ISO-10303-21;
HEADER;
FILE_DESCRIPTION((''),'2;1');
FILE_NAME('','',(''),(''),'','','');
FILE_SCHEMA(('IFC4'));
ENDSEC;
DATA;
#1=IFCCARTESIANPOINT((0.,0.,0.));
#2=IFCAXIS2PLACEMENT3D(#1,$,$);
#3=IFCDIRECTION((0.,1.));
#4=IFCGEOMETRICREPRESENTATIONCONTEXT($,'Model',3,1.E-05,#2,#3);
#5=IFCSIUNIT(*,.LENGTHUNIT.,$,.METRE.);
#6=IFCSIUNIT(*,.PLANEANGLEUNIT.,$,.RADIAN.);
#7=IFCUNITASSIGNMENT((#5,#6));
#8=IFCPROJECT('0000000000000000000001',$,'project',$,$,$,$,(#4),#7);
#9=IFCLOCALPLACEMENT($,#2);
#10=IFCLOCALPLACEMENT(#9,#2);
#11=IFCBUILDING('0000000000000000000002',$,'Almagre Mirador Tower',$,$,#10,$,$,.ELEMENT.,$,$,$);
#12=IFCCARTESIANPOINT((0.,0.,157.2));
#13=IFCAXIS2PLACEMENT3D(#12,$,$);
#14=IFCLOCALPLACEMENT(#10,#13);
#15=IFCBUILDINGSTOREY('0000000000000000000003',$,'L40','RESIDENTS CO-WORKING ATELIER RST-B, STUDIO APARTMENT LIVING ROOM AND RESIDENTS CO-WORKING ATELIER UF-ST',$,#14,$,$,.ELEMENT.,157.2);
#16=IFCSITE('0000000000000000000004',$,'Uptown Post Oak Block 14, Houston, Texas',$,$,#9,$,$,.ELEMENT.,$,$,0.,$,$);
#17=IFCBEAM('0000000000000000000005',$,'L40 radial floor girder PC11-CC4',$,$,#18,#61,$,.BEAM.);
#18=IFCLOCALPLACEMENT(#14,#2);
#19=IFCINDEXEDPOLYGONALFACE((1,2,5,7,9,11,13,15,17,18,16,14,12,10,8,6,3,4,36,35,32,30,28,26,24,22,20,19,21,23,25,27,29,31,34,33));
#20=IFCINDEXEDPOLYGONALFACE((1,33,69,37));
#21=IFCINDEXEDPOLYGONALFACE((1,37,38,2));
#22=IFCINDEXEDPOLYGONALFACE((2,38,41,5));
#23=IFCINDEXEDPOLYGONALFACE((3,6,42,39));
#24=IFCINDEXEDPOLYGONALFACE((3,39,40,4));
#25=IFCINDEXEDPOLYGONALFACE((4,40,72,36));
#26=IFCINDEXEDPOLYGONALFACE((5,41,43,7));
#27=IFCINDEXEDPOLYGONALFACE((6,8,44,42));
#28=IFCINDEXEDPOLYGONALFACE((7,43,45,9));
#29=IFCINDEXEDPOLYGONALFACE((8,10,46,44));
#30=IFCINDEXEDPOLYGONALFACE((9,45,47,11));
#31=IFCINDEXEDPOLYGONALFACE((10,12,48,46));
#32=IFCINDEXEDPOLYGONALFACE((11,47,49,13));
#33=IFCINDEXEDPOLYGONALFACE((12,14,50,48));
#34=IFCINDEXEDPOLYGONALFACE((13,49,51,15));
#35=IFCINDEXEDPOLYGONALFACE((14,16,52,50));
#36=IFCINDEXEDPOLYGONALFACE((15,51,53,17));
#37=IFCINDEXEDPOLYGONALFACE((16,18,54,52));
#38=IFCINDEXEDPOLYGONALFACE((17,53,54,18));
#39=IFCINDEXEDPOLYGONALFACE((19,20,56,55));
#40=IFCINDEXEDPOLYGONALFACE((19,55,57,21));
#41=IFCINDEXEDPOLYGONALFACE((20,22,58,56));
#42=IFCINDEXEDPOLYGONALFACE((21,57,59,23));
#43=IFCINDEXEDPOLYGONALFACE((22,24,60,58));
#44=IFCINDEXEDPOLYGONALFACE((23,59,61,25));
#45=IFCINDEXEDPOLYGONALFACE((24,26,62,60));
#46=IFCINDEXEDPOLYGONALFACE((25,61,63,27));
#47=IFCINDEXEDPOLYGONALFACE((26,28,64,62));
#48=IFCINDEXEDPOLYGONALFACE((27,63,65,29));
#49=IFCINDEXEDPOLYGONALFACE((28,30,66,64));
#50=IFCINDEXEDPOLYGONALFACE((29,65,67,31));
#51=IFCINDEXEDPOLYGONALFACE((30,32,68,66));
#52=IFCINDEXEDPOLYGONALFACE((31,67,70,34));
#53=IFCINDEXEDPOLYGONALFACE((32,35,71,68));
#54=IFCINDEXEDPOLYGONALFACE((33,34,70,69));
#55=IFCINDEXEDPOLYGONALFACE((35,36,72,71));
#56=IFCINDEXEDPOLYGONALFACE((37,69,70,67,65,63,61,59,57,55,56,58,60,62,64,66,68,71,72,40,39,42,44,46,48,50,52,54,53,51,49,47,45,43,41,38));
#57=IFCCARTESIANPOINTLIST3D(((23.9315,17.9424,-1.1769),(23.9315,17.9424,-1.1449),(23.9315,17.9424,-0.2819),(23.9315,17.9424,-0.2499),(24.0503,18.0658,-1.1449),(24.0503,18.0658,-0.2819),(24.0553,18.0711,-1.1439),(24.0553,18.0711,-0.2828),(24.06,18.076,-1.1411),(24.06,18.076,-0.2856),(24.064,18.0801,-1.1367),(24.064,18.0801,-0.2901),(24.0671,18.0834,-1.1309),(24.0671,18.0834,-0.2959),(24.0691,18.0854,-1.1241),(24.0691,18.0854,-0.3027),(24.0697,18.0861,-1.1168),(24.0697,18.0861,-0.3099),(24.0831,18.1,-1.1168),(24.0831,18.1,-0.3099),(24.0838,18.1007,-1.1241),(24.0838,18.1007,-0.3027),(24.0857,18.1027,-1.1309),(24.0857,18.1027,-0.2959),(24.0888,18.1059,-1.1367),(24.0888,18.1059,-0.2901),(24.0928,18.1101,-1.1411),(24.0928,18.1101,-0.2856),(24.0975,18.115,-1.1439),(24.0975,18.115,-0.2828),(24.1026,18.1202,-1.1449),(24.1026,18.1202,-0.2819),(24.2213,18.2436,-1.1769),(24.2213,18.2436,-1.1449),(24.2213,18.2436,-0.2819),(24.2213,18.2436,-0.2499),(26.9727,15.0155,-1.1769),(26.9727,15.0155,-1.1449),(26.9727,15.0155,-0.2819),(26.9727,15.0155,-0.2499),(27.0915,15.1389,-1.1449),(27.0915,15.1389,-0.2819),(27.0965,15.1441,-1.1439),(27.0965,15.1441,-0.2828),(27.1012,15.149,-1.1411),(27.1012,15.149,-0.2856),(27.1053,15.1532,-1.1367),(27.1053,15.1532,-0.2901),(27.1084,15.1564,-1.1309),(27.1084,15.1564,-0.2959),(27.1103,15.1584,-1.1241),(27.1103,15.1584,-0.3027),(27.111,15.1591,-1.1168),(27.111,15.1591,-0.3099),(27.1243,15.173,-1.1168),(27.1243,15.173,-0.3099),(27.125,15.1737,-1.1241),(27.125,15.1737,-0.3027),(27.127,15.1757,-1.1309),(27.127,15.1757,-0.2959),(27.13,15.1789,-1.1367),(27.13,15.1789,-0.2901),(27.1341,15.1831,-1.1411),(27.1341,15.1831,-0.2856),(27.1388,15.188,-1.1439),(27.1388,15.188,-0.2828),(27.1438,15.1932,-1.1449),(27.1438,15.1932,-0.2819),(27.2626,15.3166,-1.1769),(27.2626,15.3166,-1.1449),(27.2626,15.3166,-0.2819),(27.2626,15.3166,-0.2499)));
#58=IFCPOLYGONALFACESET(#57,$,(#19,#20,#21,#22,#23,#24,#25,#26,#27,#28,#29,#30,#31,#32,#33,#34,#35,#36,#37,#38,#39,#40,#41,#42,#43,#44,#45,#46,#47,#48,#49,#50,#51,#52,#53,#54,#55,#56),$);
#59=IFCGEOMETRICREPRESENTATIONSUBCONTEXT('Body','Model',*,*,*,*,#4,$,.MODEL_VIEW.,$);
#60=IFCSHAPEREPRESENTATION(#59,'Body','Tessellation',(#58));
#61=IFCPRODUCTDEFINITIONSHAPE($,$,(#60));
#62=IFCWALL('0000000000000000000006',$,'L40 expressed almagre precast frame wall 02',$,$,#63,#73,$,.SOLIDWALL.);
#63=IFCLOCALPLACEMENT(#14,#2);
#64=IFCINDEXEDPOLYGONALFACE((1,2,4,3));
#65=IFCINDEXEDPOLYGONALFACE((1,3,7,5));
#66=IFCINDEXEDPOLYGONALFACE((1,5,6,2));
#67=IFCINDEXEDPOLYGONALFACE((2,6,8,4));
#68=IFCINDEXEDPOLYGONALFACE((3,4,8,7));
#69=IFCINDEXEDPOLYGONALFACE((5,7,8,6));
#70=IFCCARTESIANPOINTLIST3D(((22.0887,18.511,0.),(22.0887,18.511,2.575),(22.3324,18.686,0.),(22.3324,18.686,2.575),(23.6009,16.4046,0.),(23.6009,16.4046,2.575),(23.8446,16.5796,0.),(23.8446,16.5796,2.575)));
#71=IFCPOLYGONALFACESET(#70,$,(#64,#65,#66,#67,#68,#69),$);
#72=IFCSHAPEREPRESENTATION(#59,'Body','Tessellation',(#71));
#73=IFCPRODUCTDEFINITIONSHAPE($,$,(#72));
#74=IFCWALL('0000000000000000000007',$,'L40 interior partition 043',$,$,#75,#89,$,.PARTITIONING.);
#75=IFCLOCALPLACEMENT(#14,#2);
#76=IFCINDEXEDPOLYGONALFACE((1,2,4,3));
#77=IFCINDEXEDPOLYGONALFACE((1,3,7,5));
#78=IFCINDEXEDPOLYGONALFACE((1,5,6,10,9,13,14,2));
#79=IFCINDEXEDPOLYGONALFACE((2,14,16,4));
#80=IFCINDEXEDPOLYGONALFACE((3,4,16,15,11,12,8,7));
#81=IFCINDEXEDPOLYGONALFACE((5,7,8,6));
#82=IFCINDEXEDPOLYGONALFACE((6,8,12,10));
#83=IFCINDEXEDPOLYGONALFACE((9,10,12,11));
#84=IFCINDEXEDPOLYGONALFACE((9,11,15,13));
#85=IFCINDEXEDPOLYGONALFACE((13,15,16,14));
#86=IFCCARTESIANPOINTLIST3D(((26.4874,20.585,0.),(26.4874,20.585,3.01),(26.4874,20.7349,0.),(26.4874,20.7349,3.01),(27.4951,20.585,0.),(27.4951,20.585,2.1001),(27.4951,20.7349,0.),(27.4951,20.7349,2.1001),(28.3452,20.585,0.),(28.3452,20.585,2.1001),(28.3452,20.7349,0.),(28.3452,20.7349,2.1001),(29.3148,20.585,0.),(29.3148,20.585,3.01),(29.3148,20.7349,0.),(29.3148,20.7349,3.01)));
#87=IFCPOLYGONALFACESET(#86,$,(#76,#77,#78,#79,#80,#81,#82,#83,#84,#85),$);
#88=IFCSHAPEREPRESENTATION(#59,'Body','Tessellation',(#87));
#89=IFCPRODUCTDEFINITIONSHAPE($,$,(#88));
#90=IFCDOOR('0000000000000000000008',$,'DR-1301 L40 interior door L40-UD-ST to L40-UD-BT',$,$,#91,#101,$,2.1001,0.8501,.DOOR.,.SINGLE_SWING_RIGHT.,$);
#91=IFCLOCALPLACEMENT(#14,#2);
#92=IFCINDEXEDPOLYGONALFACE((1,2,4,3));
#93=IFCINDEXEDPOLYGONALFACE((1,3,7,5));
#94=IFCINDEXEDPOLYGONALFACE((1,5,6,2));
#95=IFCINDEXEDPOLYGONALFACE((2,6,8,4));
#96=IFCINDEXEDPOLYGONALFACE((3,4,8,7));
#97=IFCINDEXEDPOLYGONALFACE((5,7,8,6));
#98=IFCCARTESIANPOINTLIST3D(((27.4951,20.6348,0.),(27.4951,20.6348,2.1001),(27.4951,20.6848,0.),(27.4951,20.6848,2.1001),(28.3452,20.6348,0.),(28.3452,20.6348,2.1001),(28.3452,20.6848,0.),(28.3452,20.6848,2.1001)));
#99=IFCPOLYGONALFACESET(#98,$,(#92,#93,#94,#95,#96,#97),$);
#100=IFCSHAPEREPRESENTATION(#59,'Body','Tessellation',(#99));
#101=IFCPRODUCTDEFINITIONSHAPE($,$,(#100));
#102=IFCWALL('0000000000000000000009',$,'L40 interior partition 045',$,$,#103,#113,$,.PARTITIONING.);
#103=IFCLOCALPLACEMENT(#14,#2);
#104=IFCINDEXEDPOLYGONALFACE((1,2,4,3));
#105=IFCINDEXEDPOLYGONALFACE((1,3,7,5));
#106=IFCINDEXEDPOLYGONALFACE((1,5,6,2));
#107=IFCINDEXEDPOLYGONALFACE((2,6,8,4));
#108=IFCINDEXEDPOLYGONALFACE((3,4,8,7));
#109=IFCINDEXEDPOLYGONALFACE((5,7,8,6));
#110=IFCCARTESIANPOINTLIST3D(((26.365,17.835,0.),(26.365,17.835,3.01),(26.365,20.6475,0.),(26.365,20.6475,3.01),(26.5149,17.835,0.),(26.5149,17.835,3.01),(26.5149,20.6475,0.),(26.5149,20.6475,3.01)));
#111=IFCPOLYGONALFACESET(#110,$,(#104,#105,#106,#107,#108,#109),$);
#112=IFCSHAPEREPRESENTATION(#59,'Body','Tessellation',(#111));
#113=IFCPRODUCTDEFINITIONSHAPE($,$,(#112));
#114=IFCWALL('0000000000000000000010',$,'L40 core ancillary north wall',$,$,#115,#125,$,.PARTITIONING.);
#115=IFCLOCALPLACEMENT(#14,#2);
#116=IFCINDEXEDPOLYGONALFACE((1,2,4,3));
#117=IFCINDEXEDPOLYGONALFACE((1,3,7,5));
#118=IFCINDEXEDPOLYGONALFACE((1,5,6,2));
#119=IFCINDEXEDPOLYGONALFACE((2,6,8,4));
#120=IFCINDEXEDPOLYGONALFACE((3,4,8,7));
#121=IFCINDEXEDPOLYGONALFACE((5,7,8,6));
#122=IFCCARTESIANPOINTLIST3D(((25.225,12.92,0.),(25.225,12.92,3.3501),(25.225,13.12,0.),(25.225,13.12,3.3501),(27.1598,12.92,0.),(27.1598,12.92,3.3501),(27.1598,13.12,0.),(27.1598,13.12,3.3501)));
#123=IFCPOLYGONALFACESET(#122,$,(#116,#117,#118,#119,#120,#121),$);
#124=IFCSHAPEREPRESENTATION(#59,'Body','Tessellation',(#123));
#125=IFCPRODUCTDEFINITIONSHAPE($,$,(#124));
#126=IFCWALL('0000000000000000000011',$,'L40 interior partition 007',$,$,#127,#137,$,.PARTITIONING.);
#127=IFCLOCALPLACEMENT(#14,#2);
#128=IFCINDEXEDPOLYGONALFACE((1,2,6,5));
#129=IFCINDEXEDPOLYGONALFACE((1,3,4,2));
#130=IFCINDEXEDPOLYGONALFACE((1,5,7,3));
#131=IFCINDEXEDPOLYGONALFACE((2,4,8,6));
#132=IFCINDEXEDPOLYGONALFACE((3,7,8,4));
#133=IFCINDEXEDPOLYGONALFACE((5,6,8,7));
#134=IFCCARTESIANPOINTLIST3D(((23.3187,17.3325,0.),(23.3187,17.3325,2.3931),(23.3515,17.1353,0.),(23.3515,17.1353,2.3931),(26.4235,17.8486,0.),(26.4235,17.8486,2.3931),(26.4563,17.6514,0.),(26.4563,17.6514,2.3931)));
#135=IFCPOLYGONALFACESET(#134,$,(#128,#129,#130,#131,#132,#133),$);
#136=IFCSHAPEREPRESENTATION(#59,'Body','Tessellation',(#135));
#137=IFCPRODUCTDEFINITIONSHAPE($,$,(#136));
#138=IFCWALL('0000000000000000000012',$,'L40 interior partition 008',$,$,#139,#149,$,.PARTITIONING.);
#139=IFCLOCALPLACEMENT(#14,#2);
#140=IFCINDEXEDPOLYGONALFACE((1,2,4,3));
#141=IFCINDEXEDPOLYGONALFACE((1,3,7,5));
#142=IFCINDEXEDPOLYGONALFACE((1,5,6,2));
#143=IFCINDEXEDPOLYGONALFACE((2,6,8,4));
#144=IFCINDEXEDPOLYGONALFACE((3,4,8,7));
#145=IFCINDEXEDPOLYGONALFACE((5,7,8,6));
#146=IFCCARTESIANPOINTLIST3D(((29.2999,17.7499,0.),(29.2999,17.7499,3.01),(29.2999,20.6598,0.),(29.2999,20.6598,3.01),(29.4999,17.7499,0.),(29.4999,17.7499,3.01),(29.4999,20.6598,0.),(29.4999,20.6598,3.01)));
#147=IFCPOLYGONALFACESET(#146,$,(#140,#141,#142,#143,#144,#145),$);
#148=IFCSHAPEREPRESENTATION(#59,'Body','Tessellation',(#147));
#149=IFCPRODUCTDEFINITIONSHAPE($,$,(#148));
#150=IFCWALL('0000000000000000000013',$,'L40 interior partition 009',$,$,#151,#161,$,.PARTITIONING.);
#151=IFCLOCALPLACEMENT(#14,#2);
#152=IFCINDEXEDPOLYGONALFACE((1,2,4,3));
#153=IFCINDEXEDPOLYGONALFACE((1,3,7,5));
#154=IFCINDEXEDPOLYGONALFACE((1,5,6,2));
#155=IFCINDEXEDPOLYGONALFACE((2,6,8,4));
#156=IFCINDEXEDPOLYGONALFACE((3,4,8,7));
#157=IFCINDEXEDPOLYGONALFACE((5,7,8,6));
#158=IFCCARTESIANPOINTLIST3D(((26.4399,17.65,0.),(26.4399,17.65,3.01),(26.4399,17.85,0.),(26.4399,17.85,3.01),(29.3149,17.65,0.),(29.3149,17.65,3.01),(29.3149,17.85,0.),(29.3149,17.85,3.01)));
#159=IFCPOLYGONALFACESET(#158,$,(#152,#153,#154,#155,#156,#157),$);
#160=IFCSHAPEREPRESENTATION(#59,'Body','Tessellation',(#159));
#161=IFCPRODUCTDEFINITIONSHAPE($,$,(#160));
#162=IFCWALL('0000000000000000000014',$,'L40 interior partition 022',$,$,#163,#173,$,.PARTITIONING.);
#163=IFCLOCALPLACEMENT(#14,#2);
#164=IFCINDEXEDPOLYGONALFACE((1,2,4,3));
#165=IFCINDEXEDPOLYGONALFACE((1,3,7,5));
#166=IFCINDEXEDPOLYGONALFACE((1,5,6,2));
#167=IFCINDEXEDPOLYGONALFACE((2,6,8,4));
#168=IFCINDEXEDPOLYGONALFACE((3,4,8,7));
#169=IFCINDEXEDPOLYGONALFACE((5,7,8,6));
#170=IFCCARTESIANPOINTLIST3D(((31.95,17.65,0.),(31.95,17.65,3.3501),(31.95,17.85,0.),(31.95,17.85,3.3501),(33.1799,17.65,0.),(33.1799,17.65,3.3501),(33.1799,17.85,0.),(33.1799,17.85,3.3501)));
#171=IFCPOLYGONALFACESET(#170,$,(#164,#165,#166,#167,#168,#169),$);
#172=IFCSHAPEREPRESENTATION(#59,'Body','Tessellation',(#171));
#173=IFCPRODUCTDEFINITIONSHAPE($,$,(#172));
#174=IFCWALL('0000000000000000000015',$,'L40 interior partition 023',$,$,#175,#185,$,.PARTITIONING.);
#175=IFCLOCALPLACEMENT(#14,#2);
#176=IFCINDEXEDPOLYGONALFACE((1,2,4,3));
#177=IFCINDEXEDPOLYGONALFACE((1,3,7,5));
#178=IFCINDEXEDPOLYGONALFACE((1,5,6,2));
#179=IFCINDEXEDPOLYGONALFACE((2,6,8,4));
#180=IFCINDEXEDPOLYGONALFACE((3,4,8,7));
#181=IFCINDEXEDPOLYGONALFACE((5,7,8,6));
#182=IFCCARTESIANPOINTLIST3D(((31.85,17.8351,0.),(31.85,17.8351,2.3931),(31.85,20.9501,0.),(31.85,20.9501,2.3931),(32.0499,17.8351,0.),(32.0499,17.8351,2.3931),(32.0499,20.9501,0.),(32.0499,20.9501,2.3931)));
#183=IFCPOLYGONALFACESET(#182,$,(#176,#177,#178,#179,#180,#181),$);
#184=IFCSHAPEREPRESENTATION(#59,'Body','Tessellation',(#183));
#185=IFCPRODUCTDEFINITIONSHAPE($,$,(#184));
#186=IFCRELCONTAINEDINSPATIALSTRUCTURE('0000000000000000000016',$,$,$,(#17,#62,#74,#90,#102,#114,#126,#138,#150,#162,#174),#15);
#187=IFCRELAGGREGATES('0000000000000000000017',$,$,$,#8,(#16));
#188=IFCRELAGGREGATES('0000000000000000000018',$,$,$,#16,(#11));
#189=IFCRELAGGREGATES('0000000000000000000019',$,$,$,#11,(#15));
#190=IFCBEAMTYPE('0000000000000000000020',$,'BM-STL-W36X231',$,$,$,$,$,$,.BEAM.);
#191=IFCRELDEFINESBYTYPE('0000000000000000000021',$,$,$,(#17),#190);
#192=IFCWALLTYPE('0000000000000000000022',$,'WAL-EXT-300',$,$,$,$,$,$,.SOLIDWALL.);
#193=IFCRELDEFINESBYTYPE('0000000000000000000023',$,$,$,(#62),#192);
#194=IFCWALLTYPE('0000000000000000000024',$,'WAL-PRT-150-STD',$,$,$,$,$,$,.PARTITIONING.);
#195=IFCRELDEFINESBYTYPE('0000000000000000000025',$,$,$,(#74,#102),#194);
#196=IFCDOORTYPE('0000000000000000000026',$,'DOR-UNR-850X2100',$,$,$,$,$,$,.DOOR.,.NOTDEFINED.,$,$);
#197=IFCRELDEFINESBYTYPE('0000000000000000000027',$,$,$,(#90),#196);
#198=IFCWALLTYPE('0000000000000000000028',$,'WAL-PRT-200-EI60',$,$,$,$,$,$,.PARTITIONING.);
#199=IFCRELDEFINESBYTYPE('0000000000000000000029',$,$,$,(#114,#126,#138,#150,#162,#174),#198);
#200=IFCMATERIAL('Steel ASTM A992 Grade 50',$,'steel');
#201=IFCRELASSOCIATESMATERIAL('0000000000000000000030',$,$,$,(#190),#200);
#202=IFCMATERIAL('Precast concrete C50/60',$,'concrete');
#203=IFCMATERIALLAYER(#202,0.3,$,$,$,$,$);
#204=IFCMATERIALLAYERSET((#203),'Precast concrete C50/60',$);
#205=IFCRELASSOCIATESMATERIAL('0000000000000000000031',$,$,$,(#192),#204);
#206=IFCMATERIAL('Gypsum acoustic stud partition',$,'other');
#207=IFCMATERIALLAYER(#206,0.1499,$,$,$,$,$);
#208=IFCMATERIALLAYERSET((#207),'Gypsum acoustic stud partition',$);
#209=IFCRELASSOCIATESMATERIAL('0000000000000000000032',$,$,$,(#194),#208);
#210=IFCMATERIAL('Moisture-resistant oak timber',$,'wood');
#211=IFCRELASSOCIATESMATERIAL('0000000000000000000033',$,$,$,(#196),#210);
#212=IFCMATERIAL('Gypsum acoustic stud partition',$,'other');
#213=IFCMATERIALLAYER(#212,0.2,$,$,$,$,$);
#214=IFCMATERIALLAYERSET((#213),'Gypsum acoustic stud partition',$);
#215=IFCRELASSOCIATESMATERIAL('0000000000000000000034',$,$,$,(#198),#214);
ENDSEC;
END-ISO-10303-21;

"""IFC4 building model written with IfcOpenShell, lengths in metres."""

from ifc_helpers import new_model, si_unit, direction, frame, frame_2d, origin, origin_2d, place, context, subcontext, project, spatial, rectangle, i_section, extrude, material, layer, layer_set, material_profile, profile_set, type_object, element, fill, save


model = new_model("IFC4")

# Units and contexts
model_context = context("Model", 3, precision=1e-05, world=origin(), true_north=direction((0.0, 1.0)))
body_context = subcontext(model_context, "Body", "Model", "MODEL_VIEW")
ifc_project = project(units=[si_unit("LENGTHUNIT", "METRE"), si_unit("PLANEANGLEUNIT", "RADIAN")], contexts=[model_context])

# Site, building, storey
site_placement = place(None, origin())
site = spatial("IfcSite", under=ifc_project, at=site_placement, Name="Uptown Post Oak Block 14, Houston, Texas", CompositionType="ELEMENT", RefElevation=0.0)
building_placement = place(site_placement, origin())
building = spatial("IfcBuilding", under=site, at=building_placement, Name="Almagre Mirador Tower", CompositionType="ELEMENT")
storey_placement = place(building_placement, frame((0.0, 0.0, 157.2)))
storey = spatial("IfcBuildingStorey", under=building, at=storey_placement, Name="L40", Description="RESIDENTS CO-WORKING ATELIER RST-B, STUDIO APARTMENT LIVING ROOM AND RESIDENTS CO-WORKING ATELIER UF-ST", CompositionType="ELEMENT", Elevation=157.2)

# Beam
ifc_material_1 = material(Name="Steel ASTM A992 Grade 50", Category="steel")
ifc_material_profile_1 = material_profile(ifc_material_1, i_section(OverallWidth=0.418, OverallDepth=0.927, WebThickness=0.0193, FlangeThickness=0.032, FilletRadius=0.0281, at=origin_2d()), Name="W36X231")
ifc_profile_set_1 = profile_set([ifc_material_profile_1], Name="Steel ASTM A992 Grade 50")
beam_type_1 = type_object("IfcBeamType", Name="BM-STL-W36X231", PredefinedType="BEAM", material=ifc_profile_set_1)
beam_1_placement = place(storey_placement, frame((24.0764, 18.093, -0.7134), z_axis=(0.720512, -0.693443, 0.0), x_axis=(0.693443, 0.720512, 0.0)))
element("IfcBeam", 1, at=beam_1_placement, inside=storey, type_object=beam_type_1, Name="L40 radial floor girder PC11-CC4", PredefinedType="BEAM", context=body_context, shape_type="SweptSolid", body=[
    extrude(i_section(OverallWidth=0.418, OverallDepth=0.927, WebThickness=0.0193, FlangeThickness=0.032, FilletRadius=0.0281, at=origin_2d()), origin(), (0.0, 0.0, 1.0), 4.2209),
])

# Wall
ifc_material_2 = material(Name="Precast concrete C50/60", Category="concrete")
ifc_layer_1 = layer(ifc_material_2, 0.3)
ifc_layer_set_1 = layer_set([ifc_layer_1], Name="Precast concrete C50/60")
wall_type_1 = type_object("IfcWallType", Name="WAL-EXT-300", PredefinedType="SOLIDWALL", material=ifc_layer_set_1)
wall_1_placement = place(storey_placement, frame((23.7227, 16.4922, 0.0), z_axis=(0.0, 0.0, 1.0), x_axis=(-0.583178, 0.812344, 0.0)))
element("IfcWall", 2, at=wall_1_placement, inside=storey, type_object=wall_type_1, Name="L40 expressed almagre precast frame wall 02", PredefinedType="SOLIDWALL", context=body_context, shape_type="SweptSolid", body=[
    extrude(rectangle(XDim=2.593, YDim=0.3, at=frame_2d((1.2964, 0.0))), origin(), (0.0, 0.0, 1.0), 2.575),
])

# Wall, opening, door
ifc_material_3 = material(Name="Gypsum acoustic stud partition", Category="other")
ifc_layer_2 = layer(ifc_material_3, 0.1499)
ifc_layer_set_2 = layer_set([ifc_layer_2], Name="Gypsum acoustic stud partition")
wall_type_2 = type_object("IfcWallType", Name="WAL-PRT-150-STD", PredefinedType="PARTITIONING", material=ifc_layer_set_2)
wall_2_placement = place(storey_placement, frame((26.4875, 20.6599, 0.0), z_axis=(0.0, 0.0, 1.0), x_axis=(1.0, 0.0, 0.0)))
wall_2 = element("IfcWall", 3, at=wall_2_placement, inside=storey, type_object=wall_type_2, Name="L40 interior partition 043", PredefinedType="PARTITIONING", context=body_context, shape_type="SweptSolid", body=[
    extrude(rectangle(XDim=2.8274, YDim=0.1499, at=frame_2d((1.4136, 0.0))), origin(), (0.0, 0.0, 1.0), 3.01),
])
opening_1_placement = place(wall_2_placement, frame((1.0076, 0.0, 0.0)))
opening_1 = element("IfcOpeningElement", 4, at=opening_1_placement, cuts=wall_2, PredefinedType="OPENING", context=body_context, shape_type="SweptSolid", body=[
    extrude(rectangle(XDim=0.8501, YDim=2.1001, at=frame_2d((0.425, 1.05))), frame((0.0, 0.085, 0.0), z_axis=(0.0, -1.0, 0.0), x_axis=(1.0, 0.0, 0.0)), (0.0, 0.0, 1.0), 0.1699),
])
ifc_material_4 = material(Name="Moisture-resistant oak timber", Category="wood")
door_type_1 = type_object("IfcDoorType", Name="DOR-UNR-850X2100", OperationType="NOTDEFINED", PredefinedType="DOOR", material=ifc_material_4)
door_1_placement = place(opening_1_placement, origin())
door_1 = element("IfcDoor", 5, at=door_1_placement, inside=storey, type_object=door_type_1, Name="DR-1301 L40 interior door L40-UD-ST to L40-UD-BT", OperationType="SINGLE_SWING_RIGHT", OverallHeight=2.1001, OverallWidth=0.8501, PredefinedType="DOOR", context=body_context, shape_type="SweptSolid", body=[
    extrude(rectangle(XDim=0.8501, YDim=2.1001, at=frame_2d((0.425, 1.05))), frame((0.0, 0.0249, 0.0), z_axis=(0.0, -1.0, 0.0), x_axis=(1.0, 0.0, 0.0)), (0.0, 0.0, 1.0), 0.05),
])
fill(opening_1, door_1)

# Walls
wall_3_placement = place(storey_placement, frame((26.4399, 17.835, 0.0), z_axis=(0.0, 0.0, 1.0), x_axis=(0.0, 1.0, 0.0)))
element("IfcWall", 6, at=wall_3_placement, inside=storey, type_object=wall_type_2, Name="L40 interior partition 045", PredefinedType="PARTITIONING", context=body_context, shape_type="SweptSolid", body=[
    extrude(rectangle(XDim=2.8125, YDim=0.1499, at=frame_2d((1.4062, 0.0))), origin(), (0.0, 0.0, 1.0), 3.01),
])
ifc_material_5 = material(Name="Gypsum acoustic stud partition", Category="other")
ifc_layer_3 = layer(ifc_material_5, 0.2)
ifc_layer_set_3 = layer_set([ifc_layer_3], Name="Gypsum acoustic stud partition")
wall_type_3 = type_object("IfcWallType", Name="WAL-PRT-200-EI60", PredefinedType="PARTITIONING", material=ifc_layer_set_3)
wall_4_placement = place(storey_placement, frame((25.2251, 13.02, 0.0), z_axis=(0.0, 0.0, 1.0), x_axis=(1.0, 0.0, 0.0)))
element("IfcWall", 7, at=wall_4_placement, inside=storey, type_object=wall_type_3, Name="L40 core ancillary north wall", PredefinedType="PARTITIONING", context=body_context, shape_type="SweptSolid", body=[
    extrude(rectangle(XDim=1.9348, YDim=0.2, at=frame_2d((0.9673, 0.0))), origin(), (0.0, 0.0, 1.0), 3.3501),
])
wall_5_placement = place(storey_placement, frame((26.4399, 17.75, 0.0), z_axis=(0.0, 0.0, 1.0), x_axis=(-0.986465, -0.163971, 0.0)))
element("IfcWall", 8, at=wall_5_placement, inside=storey, type_object=wall_type_3, Name="L40 interior partition 007", PredefinedType="PARTITIONING", context=body_context, shape_type="SweptSolid", body=[
    extrude(rectangle(XDim=3.1475, YDim=0.2, at=frame_2d((1.5737, 0.0))), origin(), (0.0, 0.0, 1.0), 2.3931),
])
wall_6_placement = place(storey_placement, frame((29.3999, 20.6599, 0.0), z_axis=(0.0, 0.0, 1.0), x_axis=(0.0, -1.0, 0.0)))
element("IfcWall", 9, at=wall_6_placement, inside=storey, type_object=wall_type_3, Name="L40 interior partition 008", PredefinedType="PARTITIONING", context=body_context, shape_type="SweptSolid", body=[
    extrude(rectangle(XDim=2.9099, YDim=0.2, at=frame_2d((1.4551, 0.0))), origin(), (0.0, 0.0, 1.0), 3.01),
])
wall_7_placement = place(storey_placement, frame((29.3149, 17.75, 0.0), z_axis=(0.0, 0.0, 1.0), x_axis=(-1.0, 0.0, 0.0)))
element("IfcWall", 10, at=wall_7_placement, inside=storey, type_object=wall_type_3, Name="L40 interior partition 009", PredefinedType="PARTITIONING", context=body_context, shape_type="SweptSolid", body=[
    extrude(rectangle(XDim=2.875, YDim=0.2, at=frame_2d((1.4375, 0.0))), origin(), (0.0, 0.0, 1.0), 3.01),
])
wall_8_placement = place(storey_placement, frame((33.1799, 17.75, 0.0), z_axis=(0.0, 0.0, 1.0), x_axis=(-1.0, 0.0, 0.0)))
element("IfcWall", 11, at=wall_8_placement, inside=storey, type_object=wall_type_3, Name="L40 interior partition 022", PredefinedType="PARTITIONING", context=body_context, shape_type="SweptSolid", body=[
    extrude(rectangle(XDim=1.23, YDim=0.2, at=frame_2d((0.615, 0.0))), origin(), (0.0, 0.0, 1.0), 3.3501),
])
wall_9_placement = place(storey_placement, frame((31.95, 17.835, 0.0), z_axis=(0.0, 0.0, 1.0), x_axis=(0.0, 1.0, 0.0)))
element("IfcWall", 12, at=wall_9_placement, inside=storey, type_object=wall_type_3, Name="L40 interior partition 023", PredefinedType="PARTITIONING", context=body_context, shape_type="SweptSolid", body=[
    extrude(rectangle(XDim=3.115, YDim=0.2, at=frame_2d((1.5576, 0.0))), origin(), (0.0, 0.0, 1.0), 2.3931),
])

save(model, "model.ifc")
